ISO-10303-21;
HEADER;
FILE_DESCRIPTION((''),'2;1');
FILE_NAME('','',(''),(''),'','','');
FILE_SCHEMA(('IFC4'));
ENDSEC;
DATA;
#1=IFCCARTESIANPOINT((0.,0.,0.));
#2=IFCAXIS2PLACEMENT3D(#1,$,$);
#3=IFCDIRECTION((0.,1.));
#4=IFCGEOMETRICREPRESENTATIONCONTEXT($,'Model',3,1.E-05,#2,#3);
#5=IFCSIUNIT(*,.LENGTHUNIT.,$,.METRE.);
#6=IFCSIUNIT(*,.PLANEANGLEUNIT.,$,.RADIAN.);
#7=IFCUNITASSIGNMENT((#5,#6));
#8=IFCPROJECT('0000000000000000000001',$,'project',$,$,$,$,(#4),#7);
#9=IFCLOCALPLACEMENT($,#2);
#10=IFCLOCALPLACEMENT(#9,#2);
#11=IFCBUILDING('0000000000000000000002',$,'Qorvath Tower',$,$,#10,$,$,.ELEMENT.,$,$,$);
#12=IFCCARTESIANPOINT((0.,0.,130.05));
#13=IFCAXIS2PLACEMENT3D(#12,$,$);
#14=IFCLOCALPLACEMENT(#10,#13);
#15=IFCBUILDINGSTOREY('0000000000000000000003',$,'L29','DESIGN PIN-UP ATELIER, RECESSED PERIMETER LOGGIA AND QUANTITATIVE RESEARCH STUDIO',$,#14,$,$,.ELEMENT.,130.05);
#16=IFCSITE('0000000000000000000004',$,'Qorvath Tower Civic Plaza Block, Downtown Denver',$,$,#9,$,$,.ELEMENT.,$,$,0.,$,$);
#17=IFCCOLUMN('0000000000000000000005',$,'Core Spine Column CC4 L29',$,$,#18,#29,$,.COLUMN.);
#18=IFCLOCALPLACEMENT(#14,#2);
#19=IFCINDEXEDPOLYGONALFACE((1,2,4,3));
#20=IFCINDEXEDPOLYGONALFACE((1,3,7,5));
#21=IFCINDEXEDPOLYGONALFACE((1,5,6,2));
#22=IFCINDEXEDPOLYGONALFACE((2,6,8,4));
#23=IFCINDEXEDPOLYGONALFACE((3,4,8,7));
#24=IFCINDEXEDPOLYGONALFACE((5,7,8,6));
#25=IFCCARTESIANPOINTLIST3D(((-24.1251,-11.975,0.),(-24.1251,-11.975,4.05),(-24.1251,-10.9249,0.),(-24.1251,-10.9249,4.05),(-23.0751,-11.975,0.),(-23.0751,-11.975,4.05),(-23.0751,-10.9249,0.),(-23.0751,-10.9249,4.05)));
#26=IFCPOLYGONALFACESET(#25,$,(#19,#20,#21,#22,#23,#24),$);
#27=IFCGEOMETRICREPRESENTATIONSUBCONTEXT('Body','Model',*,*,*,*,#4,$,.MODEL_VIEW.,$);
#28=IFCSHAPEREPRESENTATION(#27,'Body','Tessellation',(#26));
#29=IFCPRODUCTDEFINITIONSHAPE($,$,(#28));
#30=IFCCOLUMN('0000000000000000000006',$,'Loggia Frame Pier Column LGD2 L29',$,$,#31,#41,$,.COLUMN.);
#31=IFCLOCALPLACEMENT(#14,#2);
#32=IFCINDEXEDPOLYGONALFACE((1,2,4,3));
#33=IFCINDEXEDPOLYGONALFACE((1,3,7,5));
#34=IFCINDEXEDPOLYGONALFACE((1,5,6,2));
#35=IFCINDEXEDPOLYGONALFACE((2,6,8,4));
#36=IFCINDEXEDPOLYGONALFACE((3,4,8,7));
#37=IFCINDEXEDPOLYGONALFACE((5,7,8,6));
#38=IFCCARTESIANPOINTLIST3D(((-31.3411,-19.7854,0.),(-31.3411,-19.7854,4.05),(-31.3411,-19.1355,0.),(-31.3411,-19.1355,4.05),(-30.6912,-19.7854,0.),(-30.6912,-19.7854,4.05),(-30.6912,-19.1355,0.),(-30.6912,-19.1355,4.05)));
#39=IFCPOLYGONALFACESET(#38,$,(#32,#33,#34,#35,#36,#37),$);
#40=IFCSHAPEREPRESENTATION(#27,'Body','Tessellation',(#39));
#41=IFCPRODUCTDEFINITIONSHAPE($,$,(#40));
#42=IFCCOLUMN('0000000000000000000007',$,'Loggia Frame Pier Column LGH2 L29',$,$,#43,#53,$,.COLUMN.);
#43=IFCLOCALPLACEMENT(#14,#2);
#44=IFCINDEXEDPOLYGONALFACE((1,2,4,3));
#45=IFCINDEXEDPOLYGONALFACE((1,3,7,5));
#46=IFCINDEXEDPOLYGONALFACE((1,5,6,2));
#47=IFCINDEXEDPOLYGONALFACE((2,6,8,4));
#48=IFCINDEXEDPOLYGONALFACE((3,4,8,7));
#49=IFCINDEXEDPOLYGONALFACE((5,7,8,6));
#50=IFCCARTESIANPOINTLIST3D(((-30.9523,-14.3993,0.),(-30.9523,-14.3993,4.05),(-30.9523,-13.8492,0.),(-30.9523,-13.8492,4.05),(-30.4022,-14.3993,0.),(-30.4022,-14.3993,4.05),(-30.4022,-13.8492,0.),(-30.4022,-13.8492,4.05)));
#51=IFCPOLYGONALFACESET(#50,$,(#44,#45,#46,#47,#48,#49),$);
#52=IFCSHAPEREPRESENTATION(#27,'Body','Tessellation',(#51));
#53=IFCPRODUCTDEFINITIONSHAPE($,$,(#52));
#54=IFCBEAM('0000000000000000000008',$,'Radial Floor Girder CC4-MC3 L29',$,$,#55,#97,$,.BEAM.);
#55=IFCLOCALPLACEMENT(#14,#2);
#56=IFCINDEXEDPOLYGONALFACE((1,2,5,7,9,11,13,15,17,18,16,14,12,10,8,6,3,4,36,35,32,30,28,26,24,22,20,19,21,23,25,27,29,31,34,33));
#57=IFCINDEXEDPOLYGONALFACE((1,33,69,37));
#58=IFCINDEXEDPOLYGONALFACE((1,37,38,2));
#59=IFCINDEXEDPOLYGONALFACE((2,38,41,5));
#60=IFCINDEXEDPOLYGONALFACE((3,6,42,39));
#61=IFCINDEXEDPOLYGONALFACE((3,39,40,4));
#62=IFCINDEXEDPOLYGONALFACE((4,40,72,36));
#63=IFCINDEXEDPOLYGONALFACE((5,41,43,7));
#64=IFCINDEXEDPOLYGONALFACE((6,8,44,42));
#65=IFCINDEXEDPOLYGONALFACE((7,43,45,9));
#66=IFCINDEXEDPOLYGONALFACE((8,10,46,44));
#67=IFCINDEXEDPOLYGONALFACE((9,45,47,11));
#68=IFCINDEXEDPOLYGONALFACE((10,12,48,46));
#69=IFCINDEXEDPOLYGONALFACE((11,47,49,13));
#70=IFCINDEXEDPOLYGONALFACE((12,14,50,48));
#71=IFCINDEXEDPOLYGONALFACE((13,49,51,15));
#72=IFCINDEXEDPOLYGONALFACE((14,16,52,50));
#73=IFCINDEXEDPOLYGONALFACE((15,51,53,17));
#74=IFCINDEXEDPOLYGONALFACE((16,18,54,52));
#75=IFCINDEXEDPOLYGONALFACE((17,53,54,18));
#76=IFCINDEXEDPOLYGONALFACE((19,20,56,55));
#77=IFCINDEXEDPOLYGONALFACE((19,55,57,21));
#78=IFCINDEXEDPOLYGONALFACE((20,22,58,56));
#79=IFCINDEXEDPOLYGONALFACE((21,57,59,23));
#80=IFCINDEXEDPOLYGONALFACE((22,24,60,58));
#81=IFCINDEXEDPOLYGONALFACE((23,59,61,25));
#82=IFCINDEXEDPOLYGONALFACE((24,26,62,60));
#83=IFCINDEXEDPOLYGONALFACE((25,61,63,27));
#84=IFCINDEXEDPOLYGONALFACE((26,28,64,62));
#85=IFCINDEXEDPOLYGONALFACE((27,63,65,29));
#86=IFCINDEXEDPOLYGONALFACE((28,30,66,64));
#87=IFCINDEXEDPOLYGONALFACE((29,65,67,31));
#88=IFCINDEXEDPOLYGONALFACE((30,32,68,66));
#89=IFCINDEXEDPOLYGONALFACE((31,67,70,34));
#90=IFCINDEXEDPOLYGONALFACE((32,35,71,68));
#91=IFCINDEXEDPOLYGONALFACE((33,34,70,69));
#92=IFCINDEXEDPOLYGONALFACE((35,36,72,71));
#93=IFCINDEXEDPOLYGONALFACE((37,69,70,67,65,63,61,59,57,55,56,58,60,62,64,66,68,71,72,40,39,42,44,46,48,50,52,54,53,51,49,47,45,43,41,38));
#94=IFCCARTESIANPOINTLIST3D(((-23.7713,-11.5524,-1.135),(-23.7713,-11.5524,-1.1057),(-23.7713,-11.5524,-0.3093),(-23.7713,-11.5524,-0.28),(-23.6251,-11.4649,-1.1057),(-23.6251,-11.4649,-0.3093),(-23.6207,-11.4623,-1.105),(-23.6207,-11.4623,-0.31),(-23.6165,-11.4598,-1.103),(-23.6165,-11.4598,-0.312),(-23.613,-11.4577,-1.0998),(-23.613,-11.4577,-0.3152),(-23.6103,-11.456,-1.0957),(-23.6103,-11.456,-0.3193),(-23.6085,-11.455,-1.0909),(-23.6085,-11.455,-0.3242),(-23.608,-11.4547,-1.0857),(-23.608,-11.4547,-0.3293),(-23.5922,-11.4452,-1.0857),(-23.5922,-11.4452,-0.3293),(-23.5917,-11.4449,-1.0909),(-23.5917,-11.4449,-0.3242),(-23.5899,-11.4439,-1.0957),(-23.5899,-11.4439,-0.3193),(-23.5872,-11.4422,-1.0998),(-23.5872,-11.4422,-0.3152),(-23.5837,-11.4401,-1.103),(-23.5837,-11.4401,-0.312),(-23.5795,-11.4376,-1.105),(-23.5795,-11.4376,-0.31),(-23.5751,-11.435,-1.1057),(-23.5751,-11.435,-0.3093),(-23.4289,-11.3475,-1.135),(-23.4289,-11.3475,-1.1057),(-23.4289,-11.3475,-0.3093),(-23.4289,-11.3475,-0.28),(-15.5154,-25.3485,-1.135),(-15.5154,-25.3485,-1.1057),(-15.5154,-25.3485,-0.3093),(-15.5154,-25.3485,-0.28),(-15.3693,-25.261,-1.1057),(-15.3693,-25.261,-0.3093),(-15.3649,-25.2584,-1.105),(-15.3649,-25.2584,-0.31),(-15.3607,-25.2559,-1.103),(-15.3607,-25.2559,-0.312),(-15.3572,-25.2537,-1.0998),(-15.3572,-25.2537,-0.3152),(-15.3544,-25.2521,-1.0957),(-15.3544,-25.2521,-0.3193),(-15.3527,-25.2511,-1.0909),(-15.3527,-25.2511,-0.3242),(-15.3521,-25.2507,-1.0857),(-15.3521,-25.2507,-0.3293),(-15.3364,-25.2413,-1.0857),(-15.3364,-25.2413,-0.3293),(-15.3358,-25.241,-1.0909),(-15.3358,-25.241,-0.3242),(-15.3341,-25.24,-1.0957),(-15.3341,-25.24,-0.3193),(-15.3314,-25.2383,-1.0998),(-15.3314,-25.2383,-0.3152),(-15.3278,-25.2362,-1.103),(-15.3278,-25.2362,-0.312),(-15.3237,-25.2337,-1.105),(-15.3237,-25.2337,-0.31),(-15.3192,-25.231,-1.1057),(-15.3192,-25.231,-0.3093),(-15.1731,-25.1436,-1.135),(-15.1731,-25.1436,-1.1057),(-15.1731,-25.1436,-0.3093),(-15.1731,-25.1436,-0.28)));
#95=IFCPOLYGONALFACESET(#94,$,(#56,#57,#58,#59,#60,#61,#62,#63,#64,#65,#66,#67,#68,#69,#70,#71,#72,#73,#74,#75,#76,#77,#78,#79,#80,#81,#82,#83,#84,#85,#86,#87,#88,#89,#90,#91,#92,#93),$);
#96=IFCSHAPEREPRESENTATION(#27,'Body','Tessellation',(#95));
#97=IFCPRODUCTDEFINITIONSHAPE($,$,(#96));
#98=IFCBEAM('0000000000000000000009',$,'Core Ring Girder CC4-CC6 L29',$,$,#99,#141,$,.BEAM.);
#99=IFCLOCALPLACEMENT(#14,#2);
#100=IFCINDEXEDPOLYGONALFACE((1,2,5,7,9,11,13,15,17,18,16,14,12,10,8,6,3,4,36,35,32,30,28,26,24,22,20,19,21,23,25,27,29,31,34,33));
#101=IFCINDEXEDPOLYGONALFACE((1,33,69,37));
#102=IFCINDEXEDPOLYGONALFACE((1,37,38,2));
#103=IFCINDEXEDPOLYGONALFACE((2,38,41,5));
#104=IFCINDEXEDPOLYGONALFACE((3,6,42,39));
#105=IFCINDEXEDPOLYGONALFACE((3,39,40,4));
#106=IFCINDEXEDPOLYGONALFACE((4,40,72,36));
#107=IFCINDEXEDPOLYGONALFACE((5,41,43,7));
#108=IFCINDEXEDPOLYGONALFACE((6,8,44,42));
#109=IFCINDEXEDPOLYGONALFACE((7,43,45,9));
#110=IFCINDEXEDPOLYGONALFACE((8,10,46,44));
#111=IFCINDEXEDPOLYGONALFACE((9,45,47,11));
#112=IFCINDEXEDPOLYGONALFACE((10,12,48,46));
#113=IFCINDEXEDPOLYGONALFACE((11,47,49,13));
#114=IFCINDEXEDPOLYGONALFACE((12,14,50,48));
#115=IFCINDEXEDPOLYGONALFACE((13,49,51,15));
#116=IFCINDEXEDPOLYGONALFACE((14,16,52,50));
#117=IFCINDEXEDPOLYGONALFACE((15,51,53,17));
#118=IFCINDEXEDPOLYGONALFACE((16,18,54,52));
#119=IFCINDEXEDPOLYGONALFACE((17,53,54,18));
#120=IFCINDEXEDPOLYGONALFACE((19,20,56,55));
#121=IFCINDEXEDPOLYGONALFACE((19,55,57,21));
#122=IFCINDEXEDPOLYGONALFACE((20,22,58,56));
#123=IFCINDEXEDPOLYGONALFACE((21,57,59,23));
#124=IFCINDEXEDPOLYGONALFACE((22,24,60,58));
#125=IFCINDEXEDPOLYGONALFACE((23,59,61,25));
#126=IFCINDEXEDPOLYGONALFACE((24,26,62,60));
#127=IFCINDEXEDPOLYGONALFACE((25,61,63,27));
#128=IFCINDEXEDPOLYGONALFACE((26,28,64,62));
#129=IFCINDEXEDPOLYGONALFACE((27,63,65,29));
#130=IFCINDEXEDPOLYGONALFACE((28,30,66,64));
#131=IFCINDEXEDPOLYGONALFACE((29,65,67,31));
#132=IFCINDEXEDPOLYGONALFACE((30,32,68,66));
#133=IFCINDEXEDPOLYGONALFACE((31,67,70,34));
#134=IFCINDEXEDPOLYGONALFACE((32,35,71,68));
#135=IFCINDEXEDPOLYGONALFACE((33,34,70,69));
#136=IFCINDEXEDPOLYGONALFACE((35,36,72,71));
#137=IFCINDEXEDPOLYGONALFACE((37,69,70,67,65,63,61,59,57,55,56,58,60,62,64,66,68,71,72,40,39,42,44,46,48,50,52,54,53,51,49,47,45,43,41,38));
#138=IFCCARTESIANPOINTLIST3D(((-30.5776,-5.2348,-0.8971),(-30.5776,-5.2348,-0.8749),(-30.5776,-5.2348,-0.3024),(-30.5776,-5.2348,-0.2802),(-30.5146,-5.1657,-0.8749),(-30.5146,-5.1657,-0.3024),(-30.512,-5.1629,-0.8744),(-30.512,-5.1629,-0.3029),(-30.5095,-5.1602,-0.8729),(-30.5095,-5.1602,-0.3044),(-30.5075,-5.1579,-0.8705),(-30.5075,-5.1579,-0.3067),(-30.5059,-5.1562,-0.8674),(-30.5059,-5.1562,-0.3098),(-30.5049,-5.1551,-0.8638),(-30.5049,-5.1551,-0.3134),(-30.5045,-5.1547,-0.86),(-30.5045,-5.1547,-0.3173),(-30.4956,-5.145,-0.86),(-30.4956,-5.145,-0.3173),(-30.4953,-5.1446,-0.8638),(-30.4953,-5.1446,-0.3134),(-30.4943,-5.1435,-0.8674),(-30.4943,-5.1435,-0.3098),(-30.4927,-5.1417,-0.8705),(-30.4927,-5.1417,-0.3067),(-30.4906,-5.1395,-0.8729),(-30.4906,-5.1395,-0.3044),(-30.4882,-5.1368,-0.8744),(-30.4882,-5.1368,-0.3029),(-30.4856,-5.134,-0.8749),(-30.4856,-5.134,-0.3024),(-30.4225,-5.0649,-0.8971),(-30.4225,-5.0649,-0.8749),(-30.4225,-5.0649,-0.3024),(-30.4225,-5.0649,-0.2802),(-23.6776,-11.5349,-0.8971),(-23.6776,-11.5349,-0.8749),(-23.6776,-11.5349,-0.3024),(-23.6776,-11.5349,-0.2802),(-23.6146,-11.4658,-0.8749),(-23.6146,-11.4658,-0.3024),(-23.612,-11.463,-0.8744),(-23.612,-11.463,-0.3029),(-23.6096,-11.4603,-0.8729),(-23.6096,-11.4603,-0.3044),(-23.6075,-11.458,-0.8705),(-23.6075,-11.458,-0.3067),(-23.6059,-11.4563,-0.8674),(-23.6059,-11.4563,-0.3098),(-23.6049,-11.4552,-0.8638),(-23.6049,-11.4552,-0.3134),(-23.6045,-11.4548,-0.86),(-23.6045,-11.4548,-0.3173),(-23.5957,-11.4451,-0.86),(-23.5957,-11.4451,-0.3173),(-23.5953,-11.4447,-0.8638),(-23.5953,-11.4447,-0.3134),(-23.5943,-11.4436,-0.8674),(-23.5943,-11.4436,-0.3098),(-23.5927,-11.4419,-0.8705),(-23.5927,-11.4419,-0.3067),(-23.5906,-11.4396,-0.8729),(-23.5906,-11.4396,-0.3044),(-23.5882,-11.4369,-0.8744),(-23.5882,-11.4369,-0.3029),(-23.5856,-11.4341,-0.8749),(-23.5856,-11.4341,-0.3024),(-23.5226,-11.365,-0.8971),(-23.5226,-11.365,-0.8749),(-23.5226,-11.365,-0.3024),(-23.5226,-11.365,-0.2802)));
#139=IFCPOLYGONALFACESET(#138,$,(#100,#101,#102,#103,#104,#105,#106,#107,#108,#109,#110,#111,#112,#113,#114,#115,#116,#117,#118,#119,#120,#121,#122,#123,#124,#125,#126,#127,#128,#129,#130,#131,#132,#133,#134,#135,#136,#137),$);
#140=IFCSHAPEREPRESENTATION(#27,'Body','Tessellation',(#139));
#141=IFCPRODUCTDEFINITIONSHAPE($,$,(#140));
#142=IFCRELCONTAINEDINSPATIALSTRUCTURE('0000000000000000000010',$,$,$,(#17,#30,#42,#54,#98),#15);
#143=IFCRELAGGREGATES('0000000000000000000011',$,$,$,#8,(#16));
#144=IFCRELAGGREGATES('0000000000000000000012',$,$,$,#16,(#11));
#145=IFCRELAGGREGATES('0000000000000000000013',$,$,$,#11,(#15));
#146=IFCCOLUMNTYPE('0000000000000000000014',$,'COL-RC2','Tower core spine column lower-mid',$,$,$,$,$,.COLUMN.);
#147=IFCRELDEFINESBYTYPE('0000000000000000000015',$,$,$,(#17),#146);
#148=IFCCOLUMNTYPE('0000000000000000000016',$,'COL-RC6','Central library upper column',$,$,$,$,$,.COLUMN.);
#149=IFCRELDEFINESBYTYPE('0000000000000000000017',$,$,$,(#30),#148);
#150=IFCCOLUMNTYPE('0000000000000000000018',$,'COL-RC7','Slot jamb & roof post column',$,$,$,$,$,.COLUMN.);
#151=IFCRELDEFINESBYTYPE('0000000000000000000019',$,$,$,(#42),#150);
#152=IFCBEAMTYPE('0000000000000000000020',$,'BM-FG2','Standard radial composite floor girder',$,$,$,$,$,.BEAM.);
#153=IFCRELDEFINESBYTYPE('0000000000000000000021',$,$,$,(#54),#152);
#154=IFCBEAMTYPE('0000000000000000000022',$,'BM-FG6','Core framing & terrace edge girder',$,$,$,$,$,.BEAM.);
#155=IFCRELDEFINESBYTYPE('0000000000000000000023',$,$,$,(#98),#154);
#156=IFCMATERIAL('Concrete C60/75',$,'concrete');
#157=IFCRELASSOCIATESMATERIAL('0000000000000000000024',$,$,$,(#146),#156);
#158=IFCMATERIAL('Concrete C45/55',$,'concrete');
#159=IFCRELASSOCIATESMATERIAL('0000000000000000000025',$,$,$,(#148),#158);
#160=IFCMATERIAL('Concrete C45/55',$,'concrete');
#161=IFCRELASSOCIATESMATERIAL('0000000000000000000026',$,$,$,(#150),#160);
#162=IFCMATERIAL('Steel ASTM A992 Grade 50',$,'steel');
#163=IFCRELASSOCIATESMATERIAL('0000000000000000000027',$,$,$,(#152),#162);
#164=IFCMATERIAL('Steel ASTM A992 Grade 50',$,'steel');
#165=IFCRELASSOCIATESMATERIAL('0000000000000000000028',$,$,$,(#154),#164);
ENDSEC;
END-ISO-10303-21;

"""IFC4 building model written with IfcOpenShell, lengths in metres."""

from ifc_helpers import new_model, si_unit, direction, frame, origin, origin_2d, place, context, subcontext, project, spatial, rectangle, i_section, extrude, material, material_profile, profile_set, type_object, element, save


model = new_model("IFC4")

# Units and contexts
model_context = context("Model", 3, precision=1e-05, world=origin(), true_north=direction((0.0, 1.0)))
body_context = subcontext(model_context, "Body", "Model", "MODEL_VIEW")
ifc_project = project(units=[si_unit("LENGTHUNIT", "METRE"), si_unit("PLANEANGLEUNIT", "RADIAN")], contexts=[model_context])

# Site, building, storey
site_placement = place(None, origin())
site = spatial("IfcSite", under=ifc_project, at=site_placement, Name="Qorvath Tower Civic Plaza Block, Downtown Denver", CompositionType="ELEMENT", RefElevation=0.0)
building_placement = place(site_placement, origin())
building = spatial("IfcBuilding", under=site, at=building_placement, Name="Qorvath Tower", CompositionType="ELEMENT")
storey_placement = place(building_placement, frame((0.0, 0.0, 130.05)))
storey = spatial("IfcBuildingStorey", under=building, at=storey_placement, Name="L29", Description="DESIGN PIN-UP ATELIER, RECESSED PERIMETER LOGGIA AND QUANTITATIVE RESEARCH STUDIO", CompositionType="ELEMENT", Elevation=130.05)

# Columns
ifc_material_1 = material(Name="Concrete C60/75", Category="concrete")
ifc_material_profile_1 = material_profile(ifc_material_1, rectangle(XDim=1.05, YDim=1.05, at=origin_2d()), Name="RC 1050x1050")
ifc_profile_set_1 = profile_set([ifc_material_profile_1], Name="Concrete C60/75")
column_type_1 = type_object("IfcColumnType", Name="COL-RC2", Description="Tower core spine column lower-mid", PredefinedType="COLUMN", material=ifc_profile_set_1)
column_1_placement = place(storey_placement, frame((-23.6001, -11.45, 0.0), z_axis=(0.0, 0.0, 1.0), x_axis=(1.0, 0.0, 0.0)))
element("IfcColumn", 1, at=column_1_placement, inside=storey, type_object=column_type_1, Name="Core Spine Column CC4 L29", PredefinedType="COLUMN", context=body_context, shape_type="SweptSolid", body=[
    extrude(rectangle(XDim=1.05, YDim=1.05, at=origin_2d()), origin(), (0.0, 0.0, 1.0), 4.05),
])
ifc_material_2 = material(Name="Concrete C45/55", Category="concrete")
ifc_material_profile_2 = material_profile(ifc_material_2, rectangle(XDim=0.6499, YDim=0.6499, at=origin_2d()), Name="RC 650x650")
ifc_profile_set_2 = profile_set([ifc_material_profile_2], Name="Concrete C45/55")
column_type_2 = type_object("IfcColumnType", Name="COL-RC6", Description="Central library upper column", PredefinedType="COLUMN", material=ifc_profile_set_2)
column_2_placement = place(storey_placement, frame((-31.0161, -19.4604, 0.0), z_axis=(0.0, 0.0, 1.0), x_axis=(1.0, 0.0, 0.0)))
element("IfcColumn", 2, at=column_2_placement, inside=storey, type_object=column_type_2, Name="Loggia Frame Pier Column LGD2 L29", PredefinedType="COLUMN", context=body_context, shape_type="SweptSolid", body=[
    extrude(rectangle(XDim=0.6499, YDim=0.6499, at=origin_2d()), origin(), (0.0, 0.0, 1.0), 4.05),
])
ifc_material_3 = material(Name="Concrete C45/55", Category="concrete")
ifc_material_profile_3 = material_profile(ifc_material_3, rectangle(XDim=0.55, YDim=0.55, at=origin_2d()), Name="RC 550x550")
ifc_profile_set_3 = profile_set([ifc_material_profile_3], Name="Concrete C45/55")
column_type_3 = type_object("IfcColumnType", Name="COL-RC7", Description="Slot jamb & roof post column", PredefinedType="COLUMN", material=ifc_profile_set_3)
column_3_placement = place(storey_placement, frame((-30.6772, -14.1243, 0.0), z_axis=(0.0, 0.0, 1.0), x_axis=(1.0, 0.0, 0.0)))
element("IfcColumn", 3, at=column_3_placement, inside=storey, type_object=column_type_3, Name="Loggia Frame Pier Column LGH2 L29", PredefinedType="COLUMN", context=body_context, shape_type="SweptSolid", body=[
    extrude(rectangle(XDim=0.55, YDim=0.55, at=origin_2d()), origin(), (0.0, 0.0, 1.0), 4.05),
])

# Beams
ifc_material_4 = material(Name="Steel ASTM A992 Grade 50", Category="steel")
ifc_material_profile_4 = material_profile(ifc_material_4, i_section(OverallWidth=0.3989, OverallDepth=0.855, WebThickness=0.0183, FlangeThickness=0.0293, FilletRadius=0.02, at=origin_2d()), Name="W33x201")
ifc_profile_set_4 = profile_set([ifc_material_profile_4], Name="Steel ASTM A992 Grade 50")
beam_type_1 = type_object("IfcBeamType", Name="BM-FG2", Description="Standard radial composite floor girder", PredefinedType="BEAM", material=ifc_profile_set_4)
beam_1_placement = place(storey_placement, frame((-23.6001, -11.45, -0.7075), z_axis=(0.513497, -0.858091, 0.0), x_axis=(0.858091, 0.513497, 0.0)))
element("IfcBeam", 4, at=beam_1_placement, inside=storey, type_object=beam_type_1, Name="Radial Floor Girder CC4-MC3 L29", PredefinedType="BEAM", context=body_context, shape_type="SweptSolid", body=[
    extrude(i_section(OverallWidth=0.3989, OverallDepth=0.855, WebThickness=0.0183, FlangeThickness=0.0293, FilletRadius=0.02, at=origin_2d()), origin(), (0.0, 0.0, 1.0), 16.0776),
])
ifc_material_5 = material(Name="Steel ASTM A992 Grade 50", Category="steel")
ifc_material_profile_5 = material_profile(ifc_material_5, i_section(OverallWidth=0.23, OverallDepth=0.6169, WebThickness=0.0132, FlangeThickness=0.0222, FilletRadius=0.0149, at=origin_2d()), Name="W24x94")
ifc_profile_set_5 = profile_set([ifc_material_profile_5], Name="Steel ASTM A992 Grade 50")
beam_type_2 = type_object("IfcBeamType", Name="BM-FG6", Description="Core framing & terrace edge girder", PredefinedType="BEAM", material=ifc_profile_set_5)
beam_2_placement = place(storey_placement, frame((-23.6001, -11.45, -0.5886), z_axis=(-0.738478, 0.674277, 0.0), x_axis=(-0.674277, -0.738478, 0.0)))
element("IfcBeam", 5, at=beam_2_placement, inside=storey, type_object=beam_type_2, Name="Core Ring Girder CC4-CC6 L29", PredefinedType="BEAM", context=body_context, shape_type="SweptSolid", body=[
    extrude(i_section(OverallWidth=0.23, OverallDepth=0.6169, WebThickness=0.0132, FlangeThickness=0.0222, FilletRadius=0.0149, at=origin_2d()), origin(), (0.0, 0.0, 1.0), 9.3435),
])

save(model, "model.ifc")
